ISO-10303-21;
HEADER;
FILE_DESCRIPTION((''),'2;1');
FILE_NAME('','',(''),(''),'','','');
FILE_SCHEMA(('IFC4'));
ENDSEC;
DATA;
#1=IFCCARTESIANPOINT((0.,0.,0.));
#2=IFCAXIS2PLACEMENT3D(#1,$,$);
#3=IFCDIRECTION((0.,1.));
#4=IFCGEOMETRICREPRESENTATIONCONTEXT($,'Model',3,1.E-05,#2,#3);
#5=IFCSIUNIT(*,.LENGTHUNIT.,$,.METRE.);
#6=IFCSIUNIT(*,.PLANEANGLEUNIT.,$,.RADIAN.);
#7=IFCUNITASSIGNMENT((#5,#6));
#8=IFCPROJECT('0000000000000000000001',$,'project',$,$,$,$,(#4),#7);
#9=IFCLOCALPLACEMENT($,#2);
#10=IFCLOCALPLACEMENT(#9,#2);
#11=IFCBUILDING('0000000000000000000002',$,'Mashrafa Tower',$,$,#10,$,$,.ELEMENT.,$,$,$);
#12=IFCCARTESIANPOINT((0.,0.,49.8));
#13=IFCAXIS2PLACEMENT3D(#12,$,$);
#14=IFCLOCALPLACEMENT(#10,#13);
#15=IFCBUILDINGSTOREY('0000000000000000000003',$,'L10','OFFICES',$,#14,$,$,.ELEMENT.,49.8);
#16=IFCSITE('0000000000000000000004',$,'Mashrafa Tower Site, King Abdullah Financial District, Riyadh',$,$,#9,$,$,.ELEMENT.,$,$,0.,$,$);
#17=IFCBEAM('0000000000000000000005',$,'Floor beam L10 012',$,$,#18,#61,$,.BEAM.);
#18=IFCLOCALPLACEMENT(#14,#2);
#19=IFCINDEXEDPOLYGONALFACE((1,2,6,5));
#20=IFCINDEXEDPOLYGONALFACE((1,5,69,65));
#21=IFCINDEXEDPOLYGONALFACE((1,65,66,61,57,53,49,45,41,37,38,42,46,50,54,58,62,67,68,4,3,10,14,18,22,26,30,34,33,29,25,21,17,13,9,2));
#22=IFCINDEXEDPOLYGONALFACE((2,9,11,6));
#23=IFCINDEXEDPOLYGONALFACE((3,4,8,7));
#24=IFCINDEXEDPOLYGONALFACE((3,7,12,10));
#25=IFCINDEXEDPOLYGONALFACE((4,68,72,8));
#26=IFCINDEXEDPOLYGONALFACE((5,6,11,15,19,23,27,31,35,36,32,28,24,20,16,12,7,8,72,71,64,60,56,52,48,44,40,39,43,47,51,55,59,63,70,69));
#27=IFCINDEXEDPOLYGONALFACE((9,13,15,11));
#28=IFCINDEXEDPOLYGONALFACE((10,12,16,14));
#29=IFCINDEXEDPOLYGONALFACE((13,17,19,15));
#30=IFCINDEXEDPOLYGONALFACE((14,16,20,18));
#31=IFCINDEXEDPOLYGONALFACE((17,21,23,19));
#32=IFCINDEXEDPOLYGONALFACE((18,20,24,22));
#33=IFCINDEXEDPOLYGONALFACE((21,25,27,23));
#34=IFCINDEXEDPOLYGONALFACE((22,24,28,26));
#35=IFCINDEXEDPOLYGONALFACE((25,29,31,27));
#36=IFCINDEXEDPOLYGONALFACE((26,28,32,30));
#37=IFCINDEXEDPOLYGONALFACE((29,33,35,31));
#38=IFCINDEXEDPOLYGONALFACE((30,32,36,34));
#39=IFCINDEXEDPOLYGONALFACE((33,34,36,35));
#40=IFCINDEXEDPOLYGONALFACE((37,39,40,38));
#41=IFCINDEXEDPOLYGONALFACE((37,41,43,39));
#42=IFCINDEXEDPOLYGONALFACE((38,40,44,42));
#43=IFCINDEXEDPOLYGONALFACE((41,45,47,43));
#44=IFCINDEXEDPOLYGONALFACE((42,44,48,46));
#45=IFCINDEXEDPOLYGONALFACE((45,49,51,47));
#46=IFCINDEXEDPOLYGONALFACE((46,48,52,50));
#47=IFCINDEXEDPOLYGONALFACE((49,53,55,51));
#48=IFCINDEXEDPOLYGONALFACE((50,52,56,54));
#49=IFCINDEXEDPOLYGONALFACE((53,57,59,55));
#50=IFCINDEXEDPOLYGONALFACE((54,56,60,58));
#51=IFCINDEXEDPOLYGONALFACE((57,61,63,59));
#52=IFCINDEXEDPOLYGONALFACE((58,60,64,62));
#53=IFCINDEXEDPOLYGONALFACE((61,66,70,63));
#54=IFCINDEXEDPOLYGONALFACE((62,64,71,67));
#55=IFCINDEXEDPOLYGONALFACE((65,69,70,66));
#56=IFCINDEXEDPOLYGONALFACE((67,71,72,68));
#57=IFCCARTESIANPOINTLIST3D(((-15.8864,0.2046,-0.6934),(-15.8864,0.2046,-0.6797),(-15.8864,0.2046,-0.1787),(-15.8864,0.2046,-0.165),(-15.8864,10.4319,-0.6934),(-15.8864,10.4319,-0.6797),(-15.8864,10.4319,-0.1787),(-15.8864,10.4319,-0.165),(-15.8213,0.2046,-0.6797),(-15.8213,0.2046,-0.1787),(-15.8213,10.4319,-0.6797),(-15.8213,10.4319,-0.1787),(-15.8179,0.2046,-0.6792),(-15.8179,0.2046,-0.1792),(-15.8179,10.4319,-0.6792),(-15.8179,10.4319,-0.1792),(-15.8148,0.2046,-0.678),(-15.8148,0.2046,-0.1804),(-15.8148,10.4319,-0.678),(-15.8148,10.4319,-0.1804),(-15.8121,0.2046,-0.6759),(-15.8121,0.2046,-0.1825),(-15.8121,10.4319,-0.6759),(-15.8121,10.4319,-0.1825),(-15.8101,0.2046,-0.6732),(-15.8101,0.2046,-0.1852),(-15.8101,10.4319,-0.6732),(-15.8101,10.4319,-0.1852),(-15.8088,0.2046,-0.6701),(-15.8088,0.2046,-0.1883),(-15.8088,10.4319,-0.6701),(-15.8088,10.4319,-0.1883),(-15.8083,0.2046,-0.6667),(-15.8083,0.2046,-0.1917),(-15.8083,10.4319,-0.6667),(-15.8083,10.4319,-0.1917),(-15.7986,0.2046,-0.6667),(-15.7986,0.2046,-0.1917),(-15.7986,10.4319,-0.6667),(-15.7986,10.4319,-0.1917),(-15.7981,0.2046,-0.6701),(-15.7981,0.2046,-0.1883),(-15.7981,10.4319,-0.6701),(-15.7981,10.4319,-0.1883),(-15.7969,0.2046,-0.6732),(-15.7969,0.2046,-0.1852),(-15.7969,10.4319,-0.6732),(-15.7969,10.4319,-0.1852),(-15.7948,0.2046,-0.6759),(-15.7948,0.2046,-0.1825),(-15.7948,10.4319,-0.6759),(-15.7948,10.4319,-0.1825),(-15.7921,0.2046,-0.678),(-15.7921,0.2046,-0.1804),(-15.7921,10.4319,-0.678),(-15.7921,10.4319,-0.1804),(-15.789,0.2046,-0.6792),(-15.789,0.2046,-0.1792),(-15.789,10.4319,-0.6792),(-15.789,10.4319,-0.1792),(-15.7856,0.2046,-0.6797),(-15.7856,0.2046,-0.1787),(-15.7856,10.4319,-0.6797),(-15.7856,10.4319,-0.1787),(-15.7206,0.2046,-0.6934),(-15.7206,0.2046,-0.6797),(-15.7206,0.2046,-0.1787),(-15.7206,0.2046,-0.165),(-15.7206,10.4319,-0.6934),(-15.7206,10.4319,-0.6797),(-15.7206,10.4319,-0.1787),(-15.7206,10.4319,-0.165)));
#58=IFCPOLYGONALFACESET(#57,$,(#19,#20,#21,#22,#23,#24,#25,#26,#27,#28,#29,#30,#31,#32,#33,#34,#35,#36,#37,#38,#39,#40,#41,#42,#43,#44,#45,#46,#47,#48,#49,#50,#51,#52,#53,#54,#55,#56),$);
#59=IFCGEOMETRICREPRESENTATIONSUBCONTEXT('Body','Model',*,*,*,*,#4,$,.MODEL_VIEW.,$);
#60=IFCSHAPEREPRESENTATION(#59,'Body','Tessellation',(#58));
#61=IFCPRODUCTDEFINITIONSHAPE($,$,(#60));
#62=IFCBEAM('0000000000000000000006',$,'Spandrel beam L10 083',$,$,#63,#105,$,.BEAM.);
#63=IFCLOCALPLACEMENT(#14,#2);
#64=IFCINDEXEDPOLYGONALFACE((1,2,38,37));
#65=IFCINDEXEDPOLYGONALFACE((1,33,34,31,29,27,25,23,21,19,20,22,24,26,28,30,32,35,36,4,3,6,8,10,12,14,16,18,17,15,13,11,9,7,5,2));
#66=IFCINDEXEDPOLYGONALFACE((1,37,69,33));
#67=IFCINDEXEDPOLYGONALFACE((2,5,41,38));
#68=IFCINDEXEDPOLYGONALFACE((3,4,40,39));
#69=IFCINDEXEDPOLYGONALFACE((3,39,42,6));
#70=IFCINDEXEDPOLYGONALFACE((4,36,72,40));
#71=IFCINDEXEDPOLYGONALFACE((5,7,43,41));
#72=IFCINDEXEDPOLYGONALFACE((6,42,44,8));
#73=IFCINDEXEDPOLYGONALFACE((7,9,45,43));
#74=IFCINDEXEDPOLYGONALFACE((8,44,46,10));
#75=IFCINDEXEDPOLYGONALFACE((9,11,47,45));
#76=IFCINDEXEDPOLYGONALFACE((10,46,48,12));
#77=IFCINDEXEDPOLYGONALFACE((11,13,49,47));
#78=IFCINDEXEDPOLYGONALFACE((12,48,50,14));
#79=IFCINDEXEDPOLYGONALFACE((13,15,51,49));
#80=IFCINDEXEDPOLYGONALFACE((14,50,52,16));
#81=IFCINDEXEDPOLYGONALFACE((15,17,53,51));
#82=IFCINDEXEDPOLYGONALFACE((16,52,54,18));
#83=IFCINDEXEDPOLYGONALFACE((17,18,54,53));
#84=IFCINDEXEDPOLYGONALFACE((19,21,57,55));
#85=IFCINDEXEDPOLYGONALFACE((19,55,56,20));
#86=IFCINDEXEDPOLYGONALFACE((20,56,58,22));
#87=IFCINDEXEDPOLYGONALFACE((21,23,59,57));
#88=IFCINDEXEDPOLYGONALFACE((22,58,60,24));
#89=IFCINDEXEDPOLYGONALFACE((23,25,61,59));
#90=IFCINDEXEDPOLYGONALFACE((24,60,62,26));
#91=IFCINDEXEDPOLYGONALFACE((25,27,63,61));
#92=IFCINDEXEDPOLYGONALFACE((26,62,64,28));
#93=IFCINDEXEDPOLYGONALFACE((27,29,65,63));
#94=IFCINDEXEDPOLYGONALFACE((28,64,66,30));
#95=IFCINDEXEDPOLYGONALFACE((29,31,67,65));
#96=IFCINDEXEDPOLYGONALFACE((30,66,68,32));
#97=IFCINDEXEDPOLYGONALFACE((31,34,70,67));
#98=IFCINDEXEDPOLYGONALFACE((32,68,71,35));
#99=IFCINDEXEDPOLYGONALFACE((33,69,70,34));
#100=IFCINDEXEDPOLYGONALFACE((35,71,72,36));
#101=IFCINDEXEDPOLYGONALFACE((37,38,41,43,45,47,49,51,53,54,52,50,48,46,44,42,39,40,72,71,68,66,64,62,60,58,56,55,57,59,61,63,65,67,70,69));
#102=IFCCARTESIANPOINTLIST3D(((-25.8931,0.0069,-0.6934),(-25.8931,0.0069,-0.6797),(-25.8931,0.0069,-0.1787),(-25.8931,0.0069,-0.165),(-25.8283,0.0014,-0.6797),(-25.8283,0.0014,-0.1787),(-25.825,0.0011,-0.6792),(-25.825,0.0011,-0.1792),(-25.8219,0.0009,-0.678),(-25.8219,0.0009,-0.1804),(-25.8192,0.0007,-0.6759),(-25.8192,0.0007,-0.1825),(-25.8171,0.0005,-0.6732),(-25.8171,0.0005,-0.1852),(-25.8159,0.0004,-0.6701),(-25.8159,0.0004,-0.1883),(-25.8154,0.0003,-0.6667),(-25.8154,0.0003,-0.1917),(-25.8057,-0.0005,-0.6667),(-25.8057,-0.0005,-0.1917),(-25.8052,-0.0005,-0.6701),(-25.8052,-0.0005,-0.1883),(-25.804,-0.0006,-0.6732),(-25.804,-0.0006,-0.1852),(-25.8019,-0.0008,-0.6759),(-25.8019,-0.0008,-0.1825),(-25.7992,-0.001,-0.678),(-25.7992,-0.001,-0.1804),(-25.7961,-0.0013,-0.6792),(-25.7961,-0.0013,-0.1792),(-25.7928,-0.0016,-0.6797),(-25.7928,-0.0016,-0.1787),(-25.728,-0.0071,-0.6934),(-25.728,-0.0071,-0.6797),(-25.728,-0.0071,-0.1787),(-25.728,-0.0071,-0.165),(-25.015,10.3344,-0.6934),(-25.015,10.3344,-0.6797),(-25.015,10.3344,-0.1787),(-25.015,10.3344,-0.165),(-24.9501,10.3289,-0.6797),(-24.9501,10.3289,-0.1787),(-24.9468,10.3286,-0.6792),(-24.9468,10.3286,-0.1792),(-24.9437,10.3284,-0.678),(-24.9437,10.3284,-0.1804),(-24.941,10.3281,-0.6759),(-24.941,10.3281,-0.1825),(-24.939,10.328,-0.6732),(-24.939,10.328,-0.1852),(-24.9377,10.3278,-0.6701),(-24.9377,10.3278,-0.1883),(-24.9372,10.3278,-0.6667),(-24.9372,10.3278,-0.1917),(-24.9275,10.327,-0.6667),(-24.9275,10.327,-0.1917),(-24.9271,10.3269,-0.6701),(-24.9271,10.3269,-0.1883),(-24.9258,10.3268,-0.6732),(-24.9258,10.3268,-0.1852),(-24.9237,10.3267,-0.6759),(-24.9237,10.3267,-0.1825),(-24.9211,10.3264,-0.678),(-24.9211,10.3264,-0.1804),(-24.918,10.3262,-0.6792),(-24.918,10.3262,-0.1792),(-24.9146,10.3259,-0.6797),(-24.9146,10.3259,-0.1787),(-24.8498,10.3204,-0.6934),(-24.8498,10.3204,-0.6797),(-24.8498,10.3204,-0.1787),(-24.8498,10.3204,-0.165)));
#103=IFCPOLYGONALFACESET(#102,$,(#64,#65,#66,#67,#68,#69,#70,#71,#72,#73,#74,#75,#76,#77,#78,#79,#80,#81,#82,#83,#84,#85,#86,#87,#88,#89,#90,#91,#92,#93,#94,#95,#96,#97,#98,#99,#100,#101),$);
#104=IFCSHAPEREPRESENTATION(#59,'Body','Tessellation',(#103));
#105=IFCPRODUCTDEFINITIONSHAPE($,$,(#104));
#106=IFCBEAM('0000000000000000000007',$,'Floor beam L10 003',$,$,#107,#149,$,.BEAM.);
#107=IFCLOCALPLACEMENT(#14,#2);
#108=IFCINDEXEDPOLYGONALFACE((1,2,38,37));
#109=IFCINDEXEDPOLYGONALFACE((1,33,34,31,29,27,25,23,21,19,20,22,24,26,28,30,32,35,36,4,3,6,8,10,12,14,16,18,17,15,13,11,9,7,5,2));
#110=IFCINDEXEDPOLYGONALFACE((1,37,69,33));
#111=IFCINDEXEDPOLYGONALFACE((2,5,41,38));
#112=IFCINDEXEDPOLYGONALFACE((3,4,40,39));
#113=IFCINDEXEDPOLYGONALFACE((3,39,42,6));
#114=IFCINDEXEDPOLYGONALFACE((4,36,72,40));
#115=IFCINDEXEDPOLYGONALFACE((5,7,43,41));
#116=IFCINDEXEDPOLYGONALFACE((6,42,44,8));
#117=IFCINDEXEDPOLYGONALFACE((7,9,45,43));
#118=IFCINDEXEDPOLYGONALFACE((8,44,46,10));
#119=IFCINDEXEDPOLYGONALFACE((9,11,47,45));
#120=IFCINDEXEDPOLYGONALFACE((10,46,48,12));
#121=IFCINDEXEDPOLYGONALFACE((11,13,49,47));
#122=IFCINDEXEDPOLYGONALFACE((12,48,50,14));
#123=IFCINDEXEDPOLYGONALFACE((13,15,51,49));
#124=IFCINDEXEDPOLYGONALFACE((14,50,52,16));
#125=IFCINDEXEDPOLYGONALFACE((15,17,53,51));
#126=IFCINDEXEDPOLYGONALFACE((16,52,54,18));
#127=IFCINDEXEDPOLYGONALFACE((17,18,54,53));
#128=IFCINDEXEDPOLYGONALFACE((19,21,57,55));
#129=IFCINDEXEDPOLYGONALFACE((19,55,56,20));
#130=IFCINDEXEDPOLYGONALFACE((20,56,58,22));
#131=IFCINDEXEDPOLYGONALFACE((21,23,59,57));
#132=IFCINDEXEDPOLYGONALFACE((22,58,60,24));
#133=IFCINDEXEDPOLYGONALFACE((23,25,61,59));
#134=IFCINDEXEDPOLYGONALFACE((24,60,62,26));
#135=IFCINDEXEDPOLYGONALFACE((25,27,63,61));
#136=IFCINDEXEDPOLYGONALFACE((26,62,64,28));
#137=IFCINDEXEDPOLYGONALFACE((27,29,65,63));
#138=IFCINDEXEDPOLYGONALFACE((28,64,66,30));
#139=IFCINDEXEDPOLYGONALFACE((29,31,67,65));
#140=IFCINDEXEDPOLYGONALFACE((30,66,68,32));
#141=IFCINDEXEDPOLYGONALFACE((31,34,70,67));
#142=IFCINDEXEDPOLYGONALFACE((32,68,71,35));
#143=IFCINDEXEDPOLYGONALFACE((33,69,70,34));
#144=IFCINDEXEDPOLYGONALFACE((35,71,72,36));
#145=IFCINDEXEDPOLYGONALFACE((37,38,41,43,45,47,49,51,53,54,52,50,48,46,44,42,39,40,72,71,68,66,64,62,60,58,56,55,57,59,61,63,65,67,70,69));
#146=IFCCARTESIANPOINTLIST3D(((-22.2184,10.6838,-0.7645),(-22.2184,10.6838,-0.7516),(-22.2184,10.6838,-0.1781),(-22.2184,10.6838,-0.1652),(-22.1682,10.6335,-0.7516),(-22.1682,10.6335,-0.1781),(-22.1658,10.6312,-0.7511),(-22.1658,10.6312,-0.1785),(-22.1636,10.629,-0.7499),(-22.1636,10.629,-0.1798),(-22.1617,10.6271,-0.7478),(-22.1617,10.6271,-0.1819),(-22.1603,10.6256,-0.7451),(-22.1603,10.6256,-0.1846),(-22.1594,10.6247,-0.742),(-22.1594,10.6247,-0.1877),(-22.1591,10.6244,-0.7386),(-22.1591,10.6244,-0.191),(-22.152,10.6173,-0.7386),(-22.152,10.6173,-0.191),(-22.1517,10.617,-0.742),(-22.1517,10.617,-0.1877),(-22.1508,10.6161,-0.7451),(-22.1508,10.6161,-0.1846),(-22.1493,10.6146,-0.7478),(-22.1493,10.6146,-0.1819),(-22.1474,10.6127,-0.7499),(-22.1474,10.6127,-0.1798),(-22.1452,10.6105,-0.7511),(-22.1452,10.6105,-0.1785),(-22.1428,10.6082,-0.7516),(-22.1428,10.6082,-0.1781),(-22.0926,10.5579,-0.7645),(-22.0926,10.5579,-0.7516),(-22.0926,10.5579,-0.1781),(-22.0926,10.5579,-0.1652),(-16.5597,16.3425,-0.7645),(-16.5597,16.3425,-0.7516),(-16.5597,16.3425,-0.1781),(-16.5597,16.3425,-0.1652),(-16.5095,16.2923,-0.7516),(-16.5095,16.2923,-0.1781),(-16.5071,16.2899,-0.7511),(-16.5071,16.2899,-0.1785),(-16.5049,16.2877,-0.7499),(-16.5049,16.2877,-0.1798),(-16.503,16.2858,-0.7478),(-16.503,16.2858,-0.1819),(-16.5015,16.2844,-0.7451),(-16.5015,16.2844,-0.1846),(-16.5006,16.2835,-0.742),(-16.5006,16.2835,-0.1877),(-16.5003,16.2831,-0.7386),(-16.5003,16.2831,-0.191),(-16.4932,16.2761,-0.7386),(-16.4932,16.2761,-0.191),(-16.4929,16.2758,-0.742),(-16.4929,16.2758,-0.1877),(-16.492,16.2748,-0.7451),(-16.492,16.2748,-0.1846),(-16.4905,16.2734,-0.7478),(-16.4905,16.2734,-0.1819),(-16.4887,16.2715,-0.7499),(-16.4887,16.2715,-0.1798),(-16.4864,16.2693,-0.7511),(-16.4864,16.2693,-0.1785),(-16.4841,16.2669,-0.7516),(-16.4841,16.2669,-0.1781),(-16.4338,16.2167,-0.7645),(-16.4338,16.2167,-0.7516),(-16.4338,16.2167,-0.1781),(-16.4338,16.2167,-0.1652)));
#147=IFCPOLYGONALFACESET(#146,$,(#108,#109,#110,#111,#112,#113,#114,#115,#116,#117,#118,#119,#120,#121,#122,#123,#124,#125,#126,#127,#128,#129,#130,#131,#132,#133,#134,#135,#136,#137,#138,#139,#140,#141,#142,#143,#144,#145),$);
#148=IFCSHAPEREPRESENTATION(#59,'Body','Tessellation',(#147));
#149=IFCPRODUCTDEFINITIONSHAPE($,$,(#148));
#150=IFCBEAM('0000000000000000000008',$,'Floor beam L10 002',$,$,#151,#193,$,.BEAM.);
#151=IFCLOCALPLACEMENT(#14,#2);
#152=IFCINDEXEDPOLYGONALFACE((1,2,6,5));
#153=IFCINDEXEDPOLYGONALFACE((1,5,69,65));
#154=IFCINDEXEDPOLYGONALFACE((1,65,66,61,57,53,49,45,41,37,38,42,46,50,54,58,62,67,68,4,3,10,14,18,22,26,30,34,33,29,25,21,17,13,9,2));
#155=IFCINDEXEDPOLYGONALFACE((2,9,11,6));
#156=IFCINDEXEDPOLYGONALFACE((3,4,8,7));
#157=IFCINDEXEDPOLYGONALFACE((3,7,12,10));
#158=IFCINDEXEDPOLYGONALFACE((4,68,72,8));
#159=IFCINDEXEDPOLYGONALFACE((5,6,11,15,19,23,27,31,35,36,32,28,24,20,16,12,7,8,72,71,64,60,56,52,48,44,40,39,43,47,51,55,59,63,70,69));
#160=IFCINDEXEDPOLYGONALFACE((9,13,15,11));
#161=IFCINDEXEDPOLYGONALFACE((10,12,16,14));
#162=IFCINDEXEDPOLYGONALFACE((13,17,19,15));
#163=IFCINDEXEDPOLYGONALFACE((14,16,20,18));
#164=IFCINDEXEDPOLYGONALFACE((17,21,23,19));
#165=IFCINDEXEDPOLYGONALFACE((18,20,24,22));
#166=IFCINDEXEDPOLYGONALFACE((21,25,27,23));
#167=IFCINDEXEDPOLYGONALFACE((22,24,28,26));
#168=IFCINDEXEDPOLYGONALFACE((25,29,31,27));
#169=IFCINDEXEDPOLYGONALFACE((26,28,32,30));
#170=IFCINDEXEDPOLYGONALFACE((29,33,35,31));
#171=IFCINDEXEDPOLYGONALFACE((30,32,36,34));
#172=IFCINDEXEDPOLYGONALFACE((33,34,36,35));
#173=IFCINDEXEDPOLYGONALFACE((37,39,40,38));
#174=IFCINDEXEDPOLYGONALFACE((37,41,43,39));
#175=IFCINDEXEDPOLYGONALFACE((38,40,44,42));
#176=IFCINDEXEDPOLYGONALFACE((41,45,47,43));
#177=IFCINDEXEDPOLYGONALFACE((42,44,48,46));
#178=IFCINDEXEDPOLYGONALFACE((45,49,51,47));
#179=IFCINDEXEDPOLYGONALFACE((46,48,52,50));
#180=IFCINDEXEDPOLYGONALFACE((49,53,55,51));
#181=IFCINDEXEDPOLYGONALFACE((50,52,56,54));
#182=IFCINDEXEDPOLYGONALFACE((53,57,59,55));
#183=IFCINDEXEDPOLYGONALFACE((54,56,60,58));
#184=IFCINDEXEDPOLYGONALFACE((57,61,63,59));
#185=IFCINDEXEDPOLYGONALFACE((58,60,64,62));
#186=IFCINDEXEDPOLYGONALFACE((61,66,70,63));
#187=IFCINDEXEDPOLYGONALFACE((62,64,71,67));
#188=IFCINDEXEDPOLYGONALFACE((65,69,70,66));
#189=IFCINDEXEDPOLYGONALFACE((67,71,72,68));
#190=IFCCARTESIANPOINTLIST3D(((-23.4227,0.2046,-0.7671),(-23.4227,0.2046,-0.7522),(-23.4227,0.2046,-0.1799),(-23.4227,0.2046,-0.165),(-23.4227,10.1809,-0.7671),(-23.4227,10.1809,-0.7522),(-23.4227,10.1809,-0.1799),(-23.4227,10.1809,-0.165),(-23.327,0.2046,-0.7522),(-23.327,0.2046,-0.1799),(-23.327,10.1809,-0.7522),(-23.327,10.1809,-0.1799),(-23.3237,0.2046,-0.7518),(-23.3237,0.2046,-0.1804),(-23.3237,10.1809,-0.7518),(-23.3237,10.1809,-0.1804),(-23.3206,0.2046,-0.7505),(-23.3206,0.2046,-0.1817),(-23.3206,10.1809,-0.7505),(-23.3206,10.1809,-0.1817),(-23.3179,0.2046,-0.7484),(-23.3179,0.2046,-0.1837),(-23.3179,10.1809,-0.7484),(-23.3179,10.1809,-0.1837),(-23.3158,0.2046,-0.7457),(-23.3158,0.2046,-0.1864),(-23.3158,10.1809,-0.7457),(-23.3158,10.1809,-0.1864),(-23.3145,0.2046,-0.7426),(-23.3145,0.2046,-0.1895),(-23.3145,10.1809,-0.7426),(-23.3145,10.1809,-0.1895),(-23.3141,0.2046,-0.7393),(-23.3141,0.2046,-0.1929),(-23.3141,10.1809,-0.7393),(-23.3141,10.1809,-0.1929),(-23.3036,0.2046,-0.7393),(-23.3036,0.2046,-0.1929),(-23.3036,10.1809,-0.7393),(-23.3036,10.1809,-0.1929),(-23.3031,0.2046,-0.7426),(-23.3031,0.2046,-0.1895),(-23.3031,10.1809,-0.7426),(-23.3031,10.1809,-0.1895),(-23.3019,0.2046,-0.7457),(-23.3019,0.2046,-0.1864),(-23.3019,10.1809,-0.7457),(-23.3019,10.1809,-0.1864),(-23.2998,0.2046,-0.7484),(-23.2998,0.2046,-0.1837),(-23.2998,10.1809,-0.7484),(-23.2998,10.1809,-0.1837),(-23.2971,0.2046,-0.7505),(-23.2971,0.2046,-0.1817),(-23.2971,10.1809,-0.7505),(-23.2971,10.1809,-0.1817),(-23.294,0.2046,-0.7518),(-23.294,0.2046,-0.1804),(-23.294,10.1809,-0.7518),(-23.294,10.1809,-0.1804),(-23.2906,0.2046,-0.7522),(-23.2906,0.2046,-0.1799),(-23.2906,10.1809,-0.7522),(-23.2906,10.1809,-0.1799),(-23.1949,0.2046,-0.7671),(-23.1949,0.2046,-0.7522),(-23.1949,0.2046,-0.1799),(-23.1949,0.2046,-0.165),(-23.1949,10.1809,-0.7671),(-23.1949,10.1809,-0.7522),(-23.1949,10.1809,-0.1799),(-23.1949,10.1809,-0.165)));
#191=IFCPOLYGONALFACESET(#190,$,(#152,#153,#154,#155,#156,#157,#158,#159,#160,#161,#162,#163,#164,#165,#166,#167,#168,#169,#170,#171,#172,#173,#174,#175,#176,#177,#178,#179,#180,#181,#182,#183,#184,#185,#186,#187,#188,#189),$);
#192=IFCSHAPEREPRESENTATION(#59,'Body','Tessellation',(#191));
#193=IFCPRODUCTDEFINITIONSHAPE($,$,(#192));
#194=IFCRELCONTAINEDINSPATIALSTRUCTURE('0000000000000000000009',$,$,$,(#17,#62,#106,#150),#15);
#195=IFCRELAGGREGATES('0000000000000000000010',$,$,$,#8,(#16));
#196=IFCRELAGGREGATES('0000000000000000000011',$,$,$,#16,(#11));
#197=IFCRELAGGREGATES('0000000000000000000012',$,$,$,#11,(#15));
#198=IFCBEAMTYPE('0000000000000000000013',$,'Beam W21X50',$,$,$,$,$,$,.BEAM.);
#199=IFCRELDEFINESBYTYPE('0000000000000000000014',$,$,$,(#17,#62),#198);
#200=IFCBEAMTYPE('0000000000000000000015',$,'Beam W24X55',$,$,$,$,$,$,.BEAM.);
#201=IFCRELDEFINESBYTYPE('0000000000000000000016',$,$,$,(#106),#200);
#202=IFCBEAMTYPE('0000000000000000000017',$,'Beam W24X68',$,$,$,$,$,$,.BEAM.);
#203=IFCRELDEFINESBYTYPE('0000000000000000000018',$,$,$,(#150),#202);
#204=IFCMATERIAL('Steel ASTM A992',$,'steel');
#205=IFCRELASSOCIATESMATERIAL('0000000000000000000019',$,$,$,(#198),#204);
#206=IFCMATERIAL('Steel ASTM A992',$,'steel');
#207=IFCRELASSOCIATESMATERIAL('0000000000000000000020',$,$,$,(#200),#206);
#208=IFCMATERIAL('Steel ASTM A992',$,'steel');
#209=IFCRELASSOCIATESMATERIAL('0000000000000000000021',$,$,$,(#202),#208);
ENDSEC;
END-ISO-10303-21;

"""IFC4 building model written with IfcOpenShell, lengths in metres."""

from ifc_helpers import new_model, si_unit, direction, frame, origin, origin_2d, place, context, subcontext, project, spatial, i_section, extrude, material, material_profile, profile_set, type_object, element, save


model = new_model("IFC4")

# Units and contexts
model_context = context("Model", 3, precision=1e-05, world=origin(), true_north=direction((0.0, 1.0)))
body_context = subcontext(model_context, "Body", "Model", "MODEL_VIEW")
ifc_project = project(units=[si_unit("LENGTHUNIT", "METRE"), si_unit("PLANEANGLEUNIT", "RADIAN")], contexts=[model_context])

# Site, building, storey
site_placement = place(None, origin())
site = spatial("IfcSite", under=ifc_project, at=site_placement, Name="Mashrafa Tower Site, King Abdullah Financial District, Riyadh", CompositionType="ELEMENT", RefElevation=0.0)
building_placement = place(site_placement, origin())
building = spatial("IfcBuilding", under=site, at=building_placement, Name="Mashrafa Tower", CompositionType="ELEMENT")
storey_placement = place(building_placement, frame((0.0, 0.0, 49.8)))
storey = spatial("IfcBuildingStorey", under=building, at=storey_placement, Name="L10", Description="OFFICES", CompositionType="ELEMENT", Elevation=49.8)

# Beams
ifc_material_1 = material(Name="Steel ASTM A992", Category="steel")
ifc_material_profile_1 = material_profile(ifc_material_1, i_section(OverallWidth=0.1658, OverallDepth=0.5283, WebThickness=0.0098, FlangeThickness=0.0137, FilletRadius=0.0129, at=origin_2d()), Name="W21X50")
ifc_profile_set_1 = profile_set([ifc_material_profile_1], Name="Steel ASTM A992")
beam_type_1 = type_object("IfcBeamType", Name="Beam W21X50", PredefinedType="BEAM", material=ifc_profile_set_1)
beam_1_placement = place(storey_placement, frame((-15.8035, 0.2046, -0.4292), z_axis=(0.0, 1.0, 0.0), x_axis=(-1.0, 0.0, 0.0)))
element("IfcBeam", 1, at=beam_1_placement, inside=storey, type_object=beam_type_1, Name="Floor beam L10 012", PredefinedType="BEAM", context=body_context, shape_type="SweptSolid", body=[
    extrude(i_section(OverallWidth=0.1658, OverallDepth=0.5283, WebThickness=0.0098, FlangeThickness=0.0137, FilletRadius=0.0129, at=origin_2d()), origin(), (0.0, 0.0, 1.0), 10.2273),
])
beam_2_placement = place(storey_placement, frame((-24.9324, 10.3274, -0.4292), z_axis=(-0.084728, -0.996404, 0.0), x_axis=(0.996404, -0.084728, 0.0)))
element("IfcBeam", 2, at=beam_2_placement, inside=storey, type_object=beam_type_1, Name="Spandrel beam L10 083", PredefinedType="BEAM", context=body_context, shape_type="SweptSolid", body=[
    extrude(i_section(OverallWidth=0.1658, OverallDepth=0.5283, WebThickness=0.0098, FlangeThickness=0.0137, FilletRadius=0.0129, at=origin_2d()), origin(), (0.0, 0.0, 1.0), 10.3647),
])
ifc_material_2 = material(Name="Steel ASTM A992", Category="steel")
ifc_material_profile_2 = material_profile(ifc_material_2, i_section(OverallWidth=0.178, OverallDepth=0.5994, WebThickness=0.01, FlangeThickness=0.0129, FilletRadius=0.0129, at=origin_2d()), Name="W24X55")
ifc_profile_set_2 = profile_set([ifc_material_profile_2], Name="Steel ASTM A992")
beam_type_2 = type_object("IfcBeamType", Name="Beam W24X55", PredefinedType="BEAM", material=ifc_profile_set_2)
beam_3_placement = place(storey_placement, frame((-22.1555, 10.6208, -0.4648), z_axis=(0.707107, 0.707107, 0.0), x_axis=(-0.707107, 0.707107, 0.0)))
element("IfcBeam", 3, at=beam_3_placement, inside=storey, type_object=beam_type_2, Name="Floor beam L10 003", PredefinedType="BEAM", context=body_context, shape_type="SweptSolid", body=[
    extrude(i_section(OverallWidth=0.178, OverallDepth=0.5994, WebThickness=0.01, FlangeThickness=0.0129, FilletRadius=0.0129, at=origin_2d()), origin(), (0.0, 0.0, 1.0), 8.0027),
])
ifc_material_3 = material(Name="Steel ASTM A992", Category="steel")
ifc_material_profile_3 = material_profile(ifc_material_3, i_section(OverallWidth=0.2278, OverallDepth=0.6021, WebThickness=0.0105, FlangeThickness=0.0149, FilletRadius=0.0129, at=origin_2d()), Name="W24X68")
ifc_profile_set_3 = profile_set([ifc_material_profile_3], Name="Steel ASTM A992")
beam_type_3 = type_object("IfcBeamType", Name="Beam W24X68", PredefinedType="BEAM", material=ifc_profile_set_3)
beam_4_placement = place(storey_placement, frame((-23.3088, 0.2046, -0.4661), z_axis=(0.0, 1.0, 0.0), x_axis=(-1.0, 0.0, 0.0)))
element("IfcBeam", 4, at=beam_4_placement, inside=storey, type_object=beam_type_3, Name="Floor beam L10 002", PredefinedType="BEAM", context=body_context, shape_type="SweptSolid", body=[
    extrude(i_section(OverallWidth=0.2278, OverallDepth=0.6021, WebThickness=0.0105, FlangeThickness=0.0149, FilletRadius=0.0129, at=origin_2d()), origin(), (0.0, 0.0, 1.0), 9.9763),
])

save(model, "model.ifc")
